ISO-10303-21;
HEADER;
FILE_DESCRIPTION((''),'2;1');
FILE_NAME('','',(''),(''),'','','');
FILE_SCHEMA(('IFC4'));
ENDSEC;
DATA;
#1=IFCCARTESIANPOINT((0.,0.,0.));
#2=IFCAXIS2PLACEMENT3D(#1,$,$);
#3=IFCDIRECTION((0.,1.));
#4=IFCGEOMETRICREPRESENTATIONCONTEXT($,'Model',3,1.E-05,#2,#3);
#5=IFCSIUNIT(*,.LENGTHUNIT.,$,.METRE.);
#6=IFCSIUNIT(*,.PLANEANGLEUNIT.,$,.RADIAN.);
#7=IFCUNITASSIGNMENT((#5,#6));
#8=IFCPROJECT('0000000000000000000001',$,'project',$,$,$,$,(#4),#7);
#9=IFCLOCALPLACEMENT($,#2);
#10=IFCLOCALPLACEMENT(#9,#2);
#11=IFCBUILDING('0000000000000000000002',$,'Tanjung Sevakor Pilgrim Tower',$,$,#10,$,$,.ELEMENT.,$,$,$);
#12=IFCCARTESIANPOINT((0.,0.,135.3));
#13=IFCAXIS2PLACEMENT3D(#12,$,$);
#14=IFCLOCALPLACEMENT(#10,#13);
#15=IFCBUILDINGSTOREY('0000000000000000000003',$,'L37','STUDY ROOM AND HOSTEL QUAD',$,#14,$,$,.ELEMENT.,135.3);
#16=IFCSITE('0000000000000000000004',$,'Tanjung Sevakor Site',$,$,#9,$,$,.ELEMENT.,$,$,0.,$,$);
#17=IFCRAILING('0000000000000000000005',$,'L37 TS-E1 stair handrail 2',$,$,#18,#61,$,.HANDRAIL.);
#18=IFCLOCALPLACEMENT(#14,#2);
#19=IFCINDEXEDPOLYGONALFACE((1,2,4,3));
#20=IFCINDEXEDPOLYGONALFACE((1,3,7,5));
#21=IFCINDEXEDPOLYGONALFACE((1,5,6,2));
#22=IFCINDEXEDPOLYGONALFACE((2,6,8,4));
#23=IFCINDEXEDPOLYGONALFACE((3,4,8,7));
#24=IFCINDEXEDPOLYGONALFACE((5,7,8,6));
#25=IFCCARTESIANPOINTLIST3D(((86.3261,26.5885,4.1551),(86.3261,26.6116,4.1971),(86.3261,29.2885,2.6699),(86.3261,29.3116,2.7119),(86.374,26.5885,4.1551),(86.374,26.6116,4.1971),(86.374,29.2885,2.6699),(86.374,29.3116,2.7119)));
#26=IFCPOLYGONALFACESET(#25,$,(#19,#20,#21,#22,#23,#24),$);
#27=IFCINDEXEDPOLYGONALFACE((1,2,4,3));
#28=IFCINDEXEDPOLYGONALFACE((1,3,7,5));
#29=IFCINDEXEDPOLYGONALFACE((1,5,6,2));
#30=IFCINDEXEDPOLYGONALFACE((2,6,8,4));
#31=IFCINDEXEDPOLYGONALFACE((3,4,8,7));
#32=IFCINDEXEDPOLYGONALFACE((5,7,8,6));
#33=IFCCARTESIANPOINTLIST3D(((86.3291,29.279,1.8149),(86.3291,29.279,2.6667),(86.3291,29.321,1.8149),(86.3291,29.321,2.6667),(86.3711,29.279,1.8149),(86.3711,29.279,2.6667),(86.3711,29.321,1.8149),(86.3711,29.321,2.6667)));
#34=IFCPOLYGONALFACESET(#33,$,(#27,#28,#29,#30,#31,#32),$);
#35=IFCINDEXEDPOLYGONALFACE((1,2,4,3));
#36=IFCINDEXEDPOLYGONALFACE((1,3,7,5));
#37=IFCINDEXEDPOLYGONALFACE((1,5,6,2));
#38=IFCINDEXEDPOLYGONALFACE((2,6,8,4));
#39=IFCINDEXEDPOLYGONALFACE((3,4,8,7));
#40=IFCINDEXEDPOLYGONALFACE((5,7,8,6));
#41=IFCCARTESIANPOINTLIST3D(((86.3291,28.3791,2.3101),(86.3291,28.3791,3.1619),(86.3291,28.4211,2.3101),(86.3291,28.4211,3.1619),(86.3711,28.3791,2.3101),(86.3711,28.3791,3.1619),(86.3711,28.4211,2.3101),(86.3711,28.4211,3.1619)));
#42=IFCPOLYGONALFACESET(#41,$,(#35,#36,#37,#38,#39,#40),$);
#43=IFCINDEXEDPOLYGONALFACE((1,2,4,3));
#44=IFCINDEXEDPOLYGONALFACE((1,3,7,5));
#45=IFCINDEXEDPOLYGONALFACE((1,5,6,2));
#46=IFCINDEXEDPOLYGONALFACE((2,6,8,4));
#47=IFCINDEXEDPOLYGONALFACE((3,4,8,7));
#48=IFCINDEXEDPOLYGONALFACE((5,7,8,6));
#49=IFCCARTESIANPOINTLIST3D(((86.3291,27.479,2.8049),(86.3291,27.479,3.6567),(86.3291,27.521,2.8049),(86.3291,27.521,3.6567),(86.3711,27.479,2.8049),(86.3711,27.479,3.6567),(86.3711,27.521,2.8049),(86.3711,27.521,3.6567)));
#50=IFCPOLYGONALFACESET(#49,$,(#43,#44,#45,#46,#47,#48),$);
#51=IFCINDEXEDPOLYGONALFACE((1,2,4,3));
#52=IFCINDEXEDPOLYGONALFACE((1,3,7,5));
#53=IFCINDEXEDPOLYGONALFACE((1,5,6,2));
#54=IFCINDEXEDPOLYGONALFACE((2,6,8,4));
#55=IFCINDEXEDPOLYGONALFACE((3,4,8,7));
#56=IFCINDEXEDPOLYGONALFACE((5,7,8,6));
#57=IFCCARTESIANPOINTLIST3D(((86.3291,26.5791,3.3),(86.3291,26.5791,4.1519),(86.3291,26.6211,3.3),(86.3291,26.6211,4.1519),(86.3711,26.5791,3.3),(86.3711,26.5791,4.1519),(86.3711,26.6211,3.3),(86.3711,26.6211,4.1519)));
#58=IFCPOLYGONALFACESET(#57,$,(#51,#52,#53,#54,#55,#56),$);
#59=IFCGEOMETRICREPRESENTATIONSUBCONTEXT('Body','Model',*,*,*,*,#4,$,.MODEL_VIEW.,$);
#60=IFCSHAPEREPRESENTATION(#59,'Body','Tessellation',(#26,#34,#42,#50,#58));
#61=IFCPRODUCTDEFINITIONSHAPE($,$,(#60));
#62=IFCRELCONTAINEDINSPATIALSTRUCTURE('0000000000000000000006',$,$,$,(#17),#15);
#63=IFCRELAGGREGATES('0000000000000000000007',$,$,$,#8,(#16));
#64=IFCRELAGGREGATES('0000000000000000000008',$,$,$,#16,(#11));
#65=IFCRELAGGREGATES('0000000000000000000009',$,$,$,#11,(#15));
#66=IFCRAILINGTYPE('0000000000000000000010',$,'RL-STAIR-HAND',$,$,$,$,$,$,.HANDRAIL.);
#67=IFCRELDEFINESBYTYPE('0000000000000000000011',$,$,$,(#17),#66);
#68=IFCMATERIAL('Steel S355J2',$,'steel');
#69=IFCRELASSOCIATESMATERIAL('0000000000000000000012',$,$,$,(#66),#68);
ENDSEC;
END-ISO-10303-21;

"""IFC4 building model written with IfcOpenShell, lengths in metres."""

from ifc_helpers import new_model, si_unit, direction, frame, origin, place, context, subcontext, project, spatial, rectangle, extrude, material, type_object, element, save


model = new_model("IFC4")

# Units and contexts
model_context = context("Model", 3, precision=1e-05, world=origin(), true_north=direction((0.0, 1.0)))
body_context = subcontext(model_context, "Body", "Model", "MODEL_VIEW")
ifc_project = project(units=[si_unit("LENGTHUNIT", "METRE"), si_unit("PLANEANGLEUNIT", "RADIAN")], contexts=[model_context])

# Site, building, storey
site_placement = place(None, origin())
site = spatial("IfcSite", under=ifc_project, at=site_placement, Name="Tanjung Sevakor Site", CompositionType="ELEMENT", RefElevation=0.0)
building_placement = place(site_placement, origin())
building = spatial("IfcBuilding", under=site, at=building_placement, Name="Tanjung Sevakor Pilgrim Tower", CompositionType="ELEMENT")
storey_placement = place(building_placement, frame((0.0, 0.0, 135.3)))
storey = spatial("IfcBuildingStorey", under=building, at=storey_placement, Name="L37", Description="STUDY ROOM AND HOSTEL QUAD", CompositionType="ELEMENT", Elevation=135.3)

# Railing
ifc_material_1 = material(Name="Steel S355J2", Category="steel")
railing_type_1 = type_object("IfcRailingType", Name="RL-STAIR-HAND", PredefinedType="HANDRAIL", material=ifc_material_1)
railing_1_placement = place(storey_placement, frame((86.3501, 29.3, 1.8149)))
element("IfcRailing", 1, at=railing_1_placement, inside=storey, type_object=railing_type_1, Name="L37 TS-E1 stair handrail 2", PredefinedType="HANDRAIL", context=body_context, shape_type="SweptSolid", body=[
    extrude(rectangle(XDim=0.0479, YDim=0.0479), frame((0.0, 0.0, 0.876), z_axis=(0.0, -0.876198, 0.481952), x_axis=(1.0, 0.0, 0.0)), (0.0, 0.0, 1.0), 3.0815),
    extrude(rectangle(XDim=0.042, YDim=0.042), origin(), (0.0, 0.0, 1.0), 0.8518),
    extrude(rectangle(XDim=0.042, YDim=0.042), frame((0.0, -0.8999, 0.4951)), (0.0, 0.0, 1.0), 0.8518),
    extrude(rectangle(XDim=0.042, YDim=0.042), frame((0.0, -1.8, 0.99)), (0.0, 0.0, 1.0), 0.8518),
    extrude(rectangle(XDim=0.042, YDim=0.042), frame((0.0, -2.7, 1.4851)), (0.0, 0.0, 1.0), 0.8518),
])

save(model, "model.ifc")
